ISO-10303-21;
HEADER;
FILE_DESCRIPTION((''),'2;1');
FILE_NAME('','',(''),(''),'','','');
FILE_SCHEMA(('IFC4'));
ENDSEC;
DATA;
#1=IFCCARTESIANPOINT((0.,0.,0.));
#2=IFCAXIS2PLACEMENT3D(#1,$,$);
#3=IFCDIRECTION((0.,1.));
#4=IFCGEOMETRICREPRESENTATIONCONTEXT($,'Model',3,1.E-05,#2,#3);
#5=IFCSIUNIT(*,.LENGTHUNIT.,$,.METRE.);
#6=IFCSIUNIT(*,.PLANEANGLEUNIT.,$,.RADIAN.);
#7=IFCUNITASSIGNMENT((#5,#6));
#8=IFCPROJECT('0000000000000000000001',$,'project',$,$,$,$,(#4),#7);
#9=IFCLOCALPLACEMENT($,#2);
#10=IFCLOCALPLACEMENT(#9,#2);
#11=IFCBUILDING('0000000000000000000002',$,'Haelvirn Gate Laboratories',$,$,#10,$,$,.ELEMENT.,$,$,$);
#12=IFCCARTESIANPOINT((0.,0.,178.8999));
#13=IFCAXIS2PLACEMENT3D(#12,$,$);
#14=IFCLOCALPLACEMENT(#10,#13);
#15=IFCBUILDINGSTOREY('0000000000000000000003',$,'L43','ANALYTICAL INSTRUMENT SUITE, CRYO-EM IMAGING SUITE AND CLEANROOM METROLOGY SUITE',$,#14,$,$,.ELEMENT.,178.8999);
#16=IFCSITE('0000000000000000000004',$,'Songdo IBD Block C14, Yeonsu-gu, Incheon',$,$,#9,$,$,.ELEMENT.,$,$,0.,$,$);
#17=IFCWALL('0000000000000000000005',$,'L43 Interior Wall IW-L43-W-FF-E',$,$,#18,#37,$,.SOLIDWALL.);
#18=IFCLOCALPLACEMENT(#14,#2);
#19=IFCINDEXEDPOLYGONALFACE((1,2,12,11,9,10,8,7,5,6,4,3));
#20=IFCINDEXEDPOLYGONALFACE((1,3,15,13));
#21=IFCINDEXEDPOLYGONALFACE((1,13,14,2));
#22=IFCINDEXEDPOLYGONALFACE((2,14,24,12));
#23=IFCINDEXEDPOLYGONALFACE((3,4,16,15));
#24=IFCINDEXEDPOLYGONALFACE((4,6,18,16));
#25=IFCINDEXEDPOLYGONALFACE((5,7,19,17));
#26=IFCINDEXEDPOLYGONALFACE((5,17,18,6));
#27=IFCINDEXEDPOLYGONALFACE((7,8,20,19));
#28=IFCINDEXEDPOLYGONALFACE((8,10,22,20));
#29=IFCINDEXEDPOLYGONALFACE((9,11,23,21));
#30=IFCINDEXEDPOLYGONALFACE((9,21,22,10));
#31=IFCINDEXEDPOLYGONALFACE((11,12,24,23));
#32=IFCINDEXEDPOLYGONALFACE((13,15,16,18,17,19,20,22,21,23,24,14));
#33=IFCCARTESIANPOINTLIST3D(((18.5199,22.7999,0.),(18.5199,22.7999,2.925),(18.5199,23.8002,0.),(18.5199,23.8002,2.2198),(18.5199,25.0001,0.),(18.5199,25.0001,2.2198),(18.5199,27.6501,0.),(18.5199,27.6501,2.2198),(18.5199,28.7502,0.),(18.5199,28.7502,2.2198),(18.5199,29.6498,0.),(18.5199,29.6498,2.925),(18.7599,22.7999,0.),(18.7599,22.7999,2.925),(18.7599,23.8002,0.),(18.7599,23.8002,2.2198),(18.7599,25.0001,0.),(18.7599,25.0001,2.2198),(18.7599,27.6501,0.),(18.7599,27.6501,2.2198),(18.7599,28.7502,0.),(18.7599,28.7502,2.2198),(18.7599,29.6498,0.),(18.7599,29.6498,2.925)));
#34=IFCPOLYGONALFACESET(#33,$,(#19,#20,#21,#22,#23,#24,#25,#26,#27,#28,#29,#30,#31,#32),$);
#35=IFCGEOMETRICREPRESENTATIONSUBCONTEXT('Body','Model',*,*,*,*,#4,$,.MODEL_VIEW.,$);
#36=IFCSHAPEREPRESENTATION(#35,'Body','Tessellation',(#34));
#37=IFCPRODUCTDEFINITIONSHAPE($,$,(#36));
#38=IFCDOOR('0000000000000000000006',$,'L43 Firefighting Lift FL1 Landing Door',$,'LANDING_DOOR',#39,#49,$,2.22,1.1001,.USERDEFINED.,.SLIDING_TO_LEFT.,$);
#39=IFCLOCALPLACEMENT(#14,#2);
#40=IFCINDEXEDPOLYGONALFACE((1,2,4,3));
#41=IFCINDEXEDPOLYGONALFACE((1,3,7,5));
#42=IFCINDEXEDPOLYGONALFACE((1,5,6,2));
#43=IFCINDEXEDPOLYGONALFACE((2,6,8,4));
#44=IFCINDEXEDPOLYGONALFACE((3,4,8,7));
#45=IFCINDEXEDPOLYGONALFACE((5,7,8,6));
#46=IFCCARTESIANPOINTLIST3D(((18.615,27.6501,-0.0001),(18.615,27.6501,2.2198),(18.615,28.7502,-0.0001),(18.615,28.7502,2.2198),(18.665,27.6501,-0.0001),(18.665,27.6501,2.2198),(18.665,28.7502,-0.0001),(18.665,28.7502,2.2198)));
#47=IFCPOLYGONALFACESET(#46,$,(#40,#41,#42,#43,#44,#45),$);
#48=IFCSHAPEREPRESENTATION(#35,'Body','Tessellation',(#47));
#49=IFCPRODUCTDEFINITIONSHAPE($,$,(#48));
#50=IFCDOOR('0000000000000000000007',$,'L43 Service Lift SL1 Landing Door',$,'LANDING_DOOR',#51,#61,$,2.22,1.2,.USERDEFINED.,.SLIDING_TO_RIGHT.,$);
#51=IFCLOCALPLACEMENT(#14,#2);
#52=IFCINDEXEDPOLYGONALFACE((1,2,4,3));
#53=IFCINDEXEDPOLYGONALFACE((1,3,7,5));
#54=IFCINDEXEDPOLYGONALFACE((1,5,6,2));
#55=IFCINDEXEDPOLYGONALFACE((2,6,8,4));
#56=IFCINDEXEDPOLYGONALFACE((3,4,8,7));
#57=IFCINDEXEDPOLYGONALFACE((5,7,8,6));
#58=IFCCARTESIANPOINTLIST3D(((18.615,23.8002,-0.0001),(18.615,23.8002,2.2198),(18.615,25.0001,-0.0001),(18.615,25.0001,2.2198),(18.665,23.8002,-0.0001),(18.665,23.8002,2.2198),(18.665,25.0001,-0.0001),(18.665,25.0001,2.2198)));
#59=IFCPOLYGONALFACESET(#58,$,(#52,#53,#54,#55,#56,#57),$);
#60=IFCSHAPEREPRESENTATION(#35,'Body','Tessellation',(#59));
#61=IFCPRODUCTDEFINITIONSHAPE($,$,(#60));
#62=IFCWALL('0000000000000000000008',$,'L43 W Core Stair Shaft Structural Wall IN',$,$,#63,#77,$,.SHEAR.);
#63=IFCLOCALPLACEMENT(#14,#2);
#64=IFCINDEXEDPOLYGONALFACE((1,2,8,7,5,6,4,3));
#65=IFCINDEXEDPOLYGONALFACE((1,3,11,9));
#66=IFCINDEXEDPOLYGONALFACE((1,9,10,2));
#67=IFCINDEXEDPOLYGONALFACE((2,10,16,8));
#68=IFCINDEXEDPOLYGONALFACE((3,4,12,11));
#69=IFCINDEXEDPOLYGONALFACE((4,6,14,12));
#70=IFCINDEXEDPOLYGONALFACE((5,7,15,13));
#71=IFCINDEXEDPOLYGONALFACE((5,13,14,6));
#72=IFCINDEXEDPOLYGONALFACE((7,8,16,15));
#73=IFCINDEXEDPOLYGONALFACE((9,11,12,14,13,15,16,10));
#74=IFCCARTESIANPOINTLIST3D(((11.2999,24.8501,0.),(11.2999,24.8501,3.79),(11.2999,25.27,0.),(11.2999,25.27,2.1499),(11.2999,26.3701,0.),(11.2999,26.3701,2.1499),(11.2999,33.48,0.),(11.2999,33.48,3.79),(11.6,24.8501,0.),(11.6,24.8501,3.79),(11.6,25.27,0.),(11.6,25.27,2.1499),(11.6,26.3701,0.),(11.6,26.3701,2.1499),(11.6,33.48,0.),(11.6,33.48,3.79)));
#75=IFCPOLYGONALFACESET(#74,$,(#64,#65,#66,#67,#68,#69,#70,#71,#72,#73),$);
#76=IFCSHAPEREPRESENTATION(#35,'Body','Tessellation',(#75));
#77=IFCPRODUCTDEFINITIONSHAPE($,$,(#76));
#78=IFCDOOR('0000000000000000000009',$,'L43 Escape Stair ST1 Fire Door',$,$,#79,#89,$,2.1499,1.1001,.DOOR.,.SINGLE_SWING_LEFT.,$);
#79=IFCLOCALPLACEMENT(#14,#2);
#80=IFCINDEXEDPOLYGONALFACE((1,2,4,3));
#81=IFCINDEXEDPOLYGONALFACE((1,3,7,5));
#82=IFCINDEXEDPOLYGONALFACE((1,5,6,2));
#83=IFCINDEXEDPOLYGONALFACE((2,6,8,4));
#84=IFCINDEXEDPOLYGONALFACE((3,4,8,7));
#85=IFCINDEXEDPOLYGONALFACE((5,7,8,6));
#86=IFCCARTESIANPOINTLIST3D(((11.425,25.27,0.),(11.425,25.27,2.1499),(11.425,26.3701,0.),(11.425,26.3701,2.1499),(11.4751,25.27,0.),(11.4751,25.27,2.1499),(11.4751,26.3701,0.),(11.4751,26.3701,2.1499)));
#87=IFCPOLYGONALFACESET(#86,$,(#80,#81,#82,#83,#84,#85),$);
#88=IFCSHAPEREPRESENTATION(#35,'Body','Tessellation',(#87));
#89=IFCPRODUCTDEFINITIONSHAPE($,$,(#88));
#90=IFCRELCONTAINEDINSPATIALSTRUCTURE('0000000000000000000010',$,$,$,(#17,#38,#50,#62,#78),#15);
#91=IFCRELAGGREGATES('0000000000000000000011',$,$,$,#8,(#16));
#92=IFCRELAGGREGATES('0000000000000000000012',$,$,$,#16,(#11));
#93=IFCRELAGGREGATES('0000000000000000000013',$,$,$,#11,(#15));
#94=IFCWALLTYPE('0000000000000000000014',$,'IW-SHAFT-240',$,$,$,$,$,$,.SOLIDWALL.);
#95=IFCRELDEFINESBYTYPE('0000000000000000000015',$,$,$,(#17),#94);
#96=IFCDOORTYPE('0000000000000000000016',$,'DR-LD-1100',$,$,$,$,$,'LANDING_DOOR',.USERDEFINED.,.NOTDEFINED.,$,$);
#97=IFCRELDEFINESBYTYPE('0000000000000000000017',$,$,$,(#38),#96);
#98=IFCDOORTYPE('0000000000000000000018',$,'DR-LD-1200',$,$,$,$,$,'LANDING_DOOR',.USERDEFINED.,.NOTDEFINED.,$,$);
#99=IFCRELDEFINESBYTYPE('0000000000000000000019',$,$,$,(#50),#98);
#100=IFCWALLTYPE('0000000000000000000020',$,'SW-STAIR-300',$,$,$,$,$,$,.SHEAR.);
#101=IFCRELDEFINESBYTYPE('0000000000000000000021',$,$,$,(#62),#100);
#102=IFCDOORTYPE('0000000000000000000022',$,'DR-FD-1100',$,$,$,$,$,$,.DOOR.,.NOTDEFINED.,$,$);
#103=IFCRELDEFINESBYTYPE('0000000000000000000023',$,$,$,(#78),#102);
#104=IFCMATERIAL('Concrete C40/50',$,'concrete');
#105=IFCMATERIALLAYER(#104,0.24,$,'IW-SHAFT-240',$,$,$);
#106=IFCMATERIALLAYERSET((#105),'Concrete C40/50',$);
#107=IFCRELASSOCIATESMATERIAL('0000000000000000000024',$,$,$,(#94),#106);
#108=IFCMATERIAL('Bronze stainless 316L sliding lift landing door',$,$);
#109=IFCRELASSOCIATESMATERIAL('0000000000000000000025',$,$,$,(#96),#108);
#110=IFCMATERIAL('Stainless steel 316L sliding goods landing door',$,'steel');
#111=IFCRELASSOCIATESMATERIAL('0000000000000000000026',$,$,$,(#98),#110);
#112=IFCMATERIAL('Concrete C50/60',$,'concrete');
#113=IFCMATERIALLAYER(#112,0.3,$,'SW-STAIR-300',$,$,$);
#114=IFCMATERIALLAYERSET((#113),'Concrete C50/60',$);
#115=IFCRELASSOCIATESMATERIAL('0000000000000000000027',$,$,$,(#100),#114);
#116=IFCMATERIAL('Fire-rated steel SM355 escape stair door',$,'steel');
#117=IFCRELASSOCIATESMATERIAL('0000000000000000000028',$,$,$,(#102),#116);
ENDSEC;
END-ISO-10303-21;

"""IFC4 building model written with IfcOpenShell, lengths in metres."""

from ifc_helpers import new_model, si_unit, direction, frame, frame_2d, origin, place, context, subcontext, project, spatial, rectangle, extrude, source, transform, mapped, material, layer, layer_set, type_object, type_shapes, element, fill, save


model = new_model("IFC4")

# Units and contexts
model_context = context("Model", 3, precision=1e-05, world=origin(), true_north=direction((0.0, 1.0)))
body_context = subcontext(model_context, "Body", "Model", "MODEL_VIEW")
ifc_project = project(units=[si_unit("LENGTHUNIT", "METRE"), si_unit("PLANEANGLEUNIT", "RADIAN")], contexts=[model_context])

# Site, building, storey
site_placement = place(None, origin())
site = spatial("IfcSite", under=ifc_project, at=site_placement, Name="Songdo IBD Block C14, Yeonsu-gu, Incheon", CompositionType="ELEMENT", RefElevation=0.0)
building_placement = place(site_placement, origin())
building = spatial("IfcBuilding", under=site, at=building_placement, Name="Haelvirn Gate Laboratories", CompositionType="ELEMENT")
storey_placement = place(building_placement, frame((0.0, 0.0, 178.8999)))
storey = spatial("IfcBuildingStorey", under=building, at=storey_placement, Name="L43", Description="ANALYTICAL INSTRUMENT SUITE, CRYO-EM IMAGING SUITE AND CLEANROOM METROLOGY SUITE", CompositionType="ELEMENT", Elevation=178.8999)

# Shared definitions
ifc_material_1 = material(Name="Concrete C40/50", Category="concrete")

# Shared definitions
ifc_layer_1 = layer(ifc_material_1, 0.24, Name="IW-SHAFT-240")
ifc_layer_set_1 = layer_set([ifc_layer_1], Name="Concrete C40/50")
wall_type_1 = type_object("IfcWallType", Name="IW-SHAFT-240", PredefinedType="SOLIDWALL", material=ifc_layer_set_1)

# Wall, openings, doors
wall_1_placement = place(storey_placement, frame((18.6399, 22.8, 0.0), z_axis=(0.0, 0.0, 1.0), x_axis=(0.0, 1.0, 0.0)))
wall_1 = element("IfcWall", 1, at=wall_1_placement, inside=storey, type_object=wall_type_1, Name="L43 Interior Wall IW-L43-W-FF-E", PredefinedType="SOLIDWALL", context=body_context, shape_type="SweptSolid", body=[
    extrude(rectangle(XDim=6.8499, YDim=0.24, at=frame_2d((3.4248, 0.0))), origin(), (0.0, 0.0, 1.0), 2.925),
])
opening_1_placement = place(wall_1_placement, frame((4.8501, 0.0, 0.0)))
opening_1 = element("IfcOpeningElement", 2, at=opening_1_placement, cuts=wall_1, PredefinedType="OPENING", context=body_context, shape_type="SweptSolid", body=[
    extrude(rectangle(XDim=1.1001, YDim=2.22, at=frame_2d((0.55, 1.1099))), frame((0.0, 0.1299, 0.0), z_axis=(0.0, -1.0, 0.0), x_axis=(1.0, 0.0, 0.0)), (0.0, 0.0, 1.0), 0.26),
])
opening_2_placement = place(wall_1_placement, frame((1.0, 0.0, 0.0)))
opening_2 = element("IfcOpeningElement", 3, at=opening_2_placement, cuts=wall_1, PredefinedType="OPENING", context=body_context, shape_type="SweptSolid", body=[
    extrude(rectangle(XDim=1.2, YDim=2.22, at=frame_2d((0.6001, 1.1099))), frame((0.0, 0.1299, 0.0), z_axis=(0.0, -1.0, 0.0), x_axis=(1.0, 0.0, 0.0)), (0.0, 0.0, 1.0), 0.26),
])
ifc_material_2 = material(Name="Bronze stainless 316L sliding lift landing door")
door_type_1 = type_object("IfcDoorType", Name="DR-LD-1100", ElementType="LANDING_DOOR", OperationType="NOTDEFINED", PredefinedType="USERDEFINED", material=ifc_material_2)
shared_shape_1 = source(origin(), body_context, "Body", "SweptSolid", [
    extrude(rectangle(XDim=1.1001, YDim=2.22, at=frame_2d((0.55, 1.1099))), frame((0.0, 0.0249, 0.0), z_axis=(0.0, -1.0, 0.0), x_axis=(1.0, 0.0, 0.0)), (0.0, 0.0, 1.0), 0.05),
])
type_shapes(door_type_1, [shared_shape_1])
door_1_placement = place(opening_1_placement, origin())
door_1 = element("IfcDoor", 4, at=door_1_placement, inside=storey, type_object=door_type_1, Name="L43 Firefighting Lift FL1 Landing Door", ObjectType="LANDING_DOOR", OperationType="SLIDING_TO_LEFT", OverallHeight=2.22, OverallWidth=1.1001, PredefinedType="USERDEFINED", context=body_context, shape_type="MappedRepresentation", body=[
    mapped(shared_shape_1, transform((0.0, 0.0, 0.0), scale=1.0)),
])
fill(opening_1, door_1)
ifc_material_3 = material(Name="Stainless steel 316L sliding goods landing door", Category="steel")
door_type_2 = type_object("IfcDoorType", Name="DR-LD-1200", ElementType="LANDING_DOOR", OperationType="NOTDEFINED", PredefinedType="USERDEFINED", material=ifc_material_3)
shared_shape_2 = source(origin(), body_context, "Body", "SweptSolid", [
    extrude(rectangle(XDim=1.2, YDim=2.22, at=frame_2d((0.6001, 1.1099))), frame((0.0, 0.0249, 0.0), z_axis=(0.0, -1.0, 0.0), x_axis=(1.0, 0.0, 0.0)), (0.0, 0.0, 1.0), 0.05),
])
type_shapes(door_type_2, [shared_shape_2])
door_2_placement = place(opening_2_placement, origin())
door_2 = element("IfcDoor", 5, at=door_2_placement, inside=storey, type_object=door_type_2, Name="L43 Service Lift SL1 Landing Door", ObjectType="LANDING_DOOR", OperationType="SLIDING_TO_RIGHT", OverallHeight=2.22, OverallWidth=1.2, PredefinedType="USERDEFINED", context=body_context, shape_type="MappedRepresentation", body=[
    mapped(shared_shape_2, transform((0.0, 0.0, 0.0), scale=1.0)),
])
fill(opening_2, door_2)

# Wall, opening, door
ifc_material_4 = material(Name="Concrete C50/60", Category="concrete")
ifc_layer_2 = layer(ifc_material_4, 0.3, Name="SW-STAIR-300")
ifc_layer_set_2 = layer_set([ifc_layer_2], Name="Concrete C50/60")
wall_type_2 = type_object("IfcWallType", Name="SW-STAIR-300", PredefinedType="SHEAR", material=ifc_layer_set_2)
wall_2_placement = place(storey_placement, frame((11.45, 24.8501, 0.0), z_axis=(0.0, 0.0, 1.0), x_axis=(0.0, 1.0, 0.0)))
wall_2 = element("IfcWall", 6, at=wall_2_placement, inside=storey, type_object=wall_type_2, Name="L43 W Core Stair Shaft Structural Wall IN", PredefinedType="SHEAR", context=body_context, shape_type="SweptSolid", body=[
    extrude(rectangle(XDim=8.6299, YDim=0.3, at=frame_2d((4.3149, 0.0))), origin(), (0.0, 0.0, 1.0), 3.79),
])
opening_3_placement = place(wall_2_placement, frame((0.4199, 0.0, 0.0)))
opening_3 = element("IfcOpeningElement", 7, at=opening_3_placement, cuts=wall_2, PredefinedType="OPENING", context=body_context, shape_type="SweptSolid", body=[
    extrude(rectangle(XDim=1.1001, YDim=2.1499, at=frame_2d((0.55, 1.075))), frame((0.0, 0.1602, 0.0), z_axis=(0.0, -1.0, 0.0), x_axis=(1.0, 0.0, 0.0)), (0.0, 0.0, 1.0), 0.3201),
])
ifc_material_5 = material(Name="Fire-rated steel SM355 escape stair door", Category="steel")
door_type_3 = type_object("IfcDoorType", Name="DR-FD-1100", OperationType="NOTDEFINED", PredefinedType="DOOR", material=ifc_material_5)
shared_shape_3 = source(origin(), body_context, "Body", "SweptSolid", [
    extrude(rectangle(XDim=1.1001, YDim=2.1499, at=frame_2d((0.55, 1.075))), frame((0.0, 0.0249, 0.0), z_axis=(0.0, -1.0, 0.0), x_axis=(1.0, 0.0, 0.0)), (0.0, 0.0, 1.0), 0.05),
])
type_shapes(door_type_3, [shared_shape_3])
door_3_placement = place(opening_3_placement, origin())
door_3 = element("IfcDoor", 8, at=door_3_placement, inside=storey, type_object=door_type_3, Name="L43 Escape Stair ST1 Fire Door", OperationType="SINGLE_SWING_LEFT", OverallHeight=2.1499, OverallWidth=1.1001, PredefinedType="DOOR", context=body_context, shape_type="MappedRepresentation", body=[
    mapped(shared_shape_3, transform((0.0, 0.0, 0.0), scale=1.0)),
])
fill(opening_3, door_3)

save(model, "model.ifc")
